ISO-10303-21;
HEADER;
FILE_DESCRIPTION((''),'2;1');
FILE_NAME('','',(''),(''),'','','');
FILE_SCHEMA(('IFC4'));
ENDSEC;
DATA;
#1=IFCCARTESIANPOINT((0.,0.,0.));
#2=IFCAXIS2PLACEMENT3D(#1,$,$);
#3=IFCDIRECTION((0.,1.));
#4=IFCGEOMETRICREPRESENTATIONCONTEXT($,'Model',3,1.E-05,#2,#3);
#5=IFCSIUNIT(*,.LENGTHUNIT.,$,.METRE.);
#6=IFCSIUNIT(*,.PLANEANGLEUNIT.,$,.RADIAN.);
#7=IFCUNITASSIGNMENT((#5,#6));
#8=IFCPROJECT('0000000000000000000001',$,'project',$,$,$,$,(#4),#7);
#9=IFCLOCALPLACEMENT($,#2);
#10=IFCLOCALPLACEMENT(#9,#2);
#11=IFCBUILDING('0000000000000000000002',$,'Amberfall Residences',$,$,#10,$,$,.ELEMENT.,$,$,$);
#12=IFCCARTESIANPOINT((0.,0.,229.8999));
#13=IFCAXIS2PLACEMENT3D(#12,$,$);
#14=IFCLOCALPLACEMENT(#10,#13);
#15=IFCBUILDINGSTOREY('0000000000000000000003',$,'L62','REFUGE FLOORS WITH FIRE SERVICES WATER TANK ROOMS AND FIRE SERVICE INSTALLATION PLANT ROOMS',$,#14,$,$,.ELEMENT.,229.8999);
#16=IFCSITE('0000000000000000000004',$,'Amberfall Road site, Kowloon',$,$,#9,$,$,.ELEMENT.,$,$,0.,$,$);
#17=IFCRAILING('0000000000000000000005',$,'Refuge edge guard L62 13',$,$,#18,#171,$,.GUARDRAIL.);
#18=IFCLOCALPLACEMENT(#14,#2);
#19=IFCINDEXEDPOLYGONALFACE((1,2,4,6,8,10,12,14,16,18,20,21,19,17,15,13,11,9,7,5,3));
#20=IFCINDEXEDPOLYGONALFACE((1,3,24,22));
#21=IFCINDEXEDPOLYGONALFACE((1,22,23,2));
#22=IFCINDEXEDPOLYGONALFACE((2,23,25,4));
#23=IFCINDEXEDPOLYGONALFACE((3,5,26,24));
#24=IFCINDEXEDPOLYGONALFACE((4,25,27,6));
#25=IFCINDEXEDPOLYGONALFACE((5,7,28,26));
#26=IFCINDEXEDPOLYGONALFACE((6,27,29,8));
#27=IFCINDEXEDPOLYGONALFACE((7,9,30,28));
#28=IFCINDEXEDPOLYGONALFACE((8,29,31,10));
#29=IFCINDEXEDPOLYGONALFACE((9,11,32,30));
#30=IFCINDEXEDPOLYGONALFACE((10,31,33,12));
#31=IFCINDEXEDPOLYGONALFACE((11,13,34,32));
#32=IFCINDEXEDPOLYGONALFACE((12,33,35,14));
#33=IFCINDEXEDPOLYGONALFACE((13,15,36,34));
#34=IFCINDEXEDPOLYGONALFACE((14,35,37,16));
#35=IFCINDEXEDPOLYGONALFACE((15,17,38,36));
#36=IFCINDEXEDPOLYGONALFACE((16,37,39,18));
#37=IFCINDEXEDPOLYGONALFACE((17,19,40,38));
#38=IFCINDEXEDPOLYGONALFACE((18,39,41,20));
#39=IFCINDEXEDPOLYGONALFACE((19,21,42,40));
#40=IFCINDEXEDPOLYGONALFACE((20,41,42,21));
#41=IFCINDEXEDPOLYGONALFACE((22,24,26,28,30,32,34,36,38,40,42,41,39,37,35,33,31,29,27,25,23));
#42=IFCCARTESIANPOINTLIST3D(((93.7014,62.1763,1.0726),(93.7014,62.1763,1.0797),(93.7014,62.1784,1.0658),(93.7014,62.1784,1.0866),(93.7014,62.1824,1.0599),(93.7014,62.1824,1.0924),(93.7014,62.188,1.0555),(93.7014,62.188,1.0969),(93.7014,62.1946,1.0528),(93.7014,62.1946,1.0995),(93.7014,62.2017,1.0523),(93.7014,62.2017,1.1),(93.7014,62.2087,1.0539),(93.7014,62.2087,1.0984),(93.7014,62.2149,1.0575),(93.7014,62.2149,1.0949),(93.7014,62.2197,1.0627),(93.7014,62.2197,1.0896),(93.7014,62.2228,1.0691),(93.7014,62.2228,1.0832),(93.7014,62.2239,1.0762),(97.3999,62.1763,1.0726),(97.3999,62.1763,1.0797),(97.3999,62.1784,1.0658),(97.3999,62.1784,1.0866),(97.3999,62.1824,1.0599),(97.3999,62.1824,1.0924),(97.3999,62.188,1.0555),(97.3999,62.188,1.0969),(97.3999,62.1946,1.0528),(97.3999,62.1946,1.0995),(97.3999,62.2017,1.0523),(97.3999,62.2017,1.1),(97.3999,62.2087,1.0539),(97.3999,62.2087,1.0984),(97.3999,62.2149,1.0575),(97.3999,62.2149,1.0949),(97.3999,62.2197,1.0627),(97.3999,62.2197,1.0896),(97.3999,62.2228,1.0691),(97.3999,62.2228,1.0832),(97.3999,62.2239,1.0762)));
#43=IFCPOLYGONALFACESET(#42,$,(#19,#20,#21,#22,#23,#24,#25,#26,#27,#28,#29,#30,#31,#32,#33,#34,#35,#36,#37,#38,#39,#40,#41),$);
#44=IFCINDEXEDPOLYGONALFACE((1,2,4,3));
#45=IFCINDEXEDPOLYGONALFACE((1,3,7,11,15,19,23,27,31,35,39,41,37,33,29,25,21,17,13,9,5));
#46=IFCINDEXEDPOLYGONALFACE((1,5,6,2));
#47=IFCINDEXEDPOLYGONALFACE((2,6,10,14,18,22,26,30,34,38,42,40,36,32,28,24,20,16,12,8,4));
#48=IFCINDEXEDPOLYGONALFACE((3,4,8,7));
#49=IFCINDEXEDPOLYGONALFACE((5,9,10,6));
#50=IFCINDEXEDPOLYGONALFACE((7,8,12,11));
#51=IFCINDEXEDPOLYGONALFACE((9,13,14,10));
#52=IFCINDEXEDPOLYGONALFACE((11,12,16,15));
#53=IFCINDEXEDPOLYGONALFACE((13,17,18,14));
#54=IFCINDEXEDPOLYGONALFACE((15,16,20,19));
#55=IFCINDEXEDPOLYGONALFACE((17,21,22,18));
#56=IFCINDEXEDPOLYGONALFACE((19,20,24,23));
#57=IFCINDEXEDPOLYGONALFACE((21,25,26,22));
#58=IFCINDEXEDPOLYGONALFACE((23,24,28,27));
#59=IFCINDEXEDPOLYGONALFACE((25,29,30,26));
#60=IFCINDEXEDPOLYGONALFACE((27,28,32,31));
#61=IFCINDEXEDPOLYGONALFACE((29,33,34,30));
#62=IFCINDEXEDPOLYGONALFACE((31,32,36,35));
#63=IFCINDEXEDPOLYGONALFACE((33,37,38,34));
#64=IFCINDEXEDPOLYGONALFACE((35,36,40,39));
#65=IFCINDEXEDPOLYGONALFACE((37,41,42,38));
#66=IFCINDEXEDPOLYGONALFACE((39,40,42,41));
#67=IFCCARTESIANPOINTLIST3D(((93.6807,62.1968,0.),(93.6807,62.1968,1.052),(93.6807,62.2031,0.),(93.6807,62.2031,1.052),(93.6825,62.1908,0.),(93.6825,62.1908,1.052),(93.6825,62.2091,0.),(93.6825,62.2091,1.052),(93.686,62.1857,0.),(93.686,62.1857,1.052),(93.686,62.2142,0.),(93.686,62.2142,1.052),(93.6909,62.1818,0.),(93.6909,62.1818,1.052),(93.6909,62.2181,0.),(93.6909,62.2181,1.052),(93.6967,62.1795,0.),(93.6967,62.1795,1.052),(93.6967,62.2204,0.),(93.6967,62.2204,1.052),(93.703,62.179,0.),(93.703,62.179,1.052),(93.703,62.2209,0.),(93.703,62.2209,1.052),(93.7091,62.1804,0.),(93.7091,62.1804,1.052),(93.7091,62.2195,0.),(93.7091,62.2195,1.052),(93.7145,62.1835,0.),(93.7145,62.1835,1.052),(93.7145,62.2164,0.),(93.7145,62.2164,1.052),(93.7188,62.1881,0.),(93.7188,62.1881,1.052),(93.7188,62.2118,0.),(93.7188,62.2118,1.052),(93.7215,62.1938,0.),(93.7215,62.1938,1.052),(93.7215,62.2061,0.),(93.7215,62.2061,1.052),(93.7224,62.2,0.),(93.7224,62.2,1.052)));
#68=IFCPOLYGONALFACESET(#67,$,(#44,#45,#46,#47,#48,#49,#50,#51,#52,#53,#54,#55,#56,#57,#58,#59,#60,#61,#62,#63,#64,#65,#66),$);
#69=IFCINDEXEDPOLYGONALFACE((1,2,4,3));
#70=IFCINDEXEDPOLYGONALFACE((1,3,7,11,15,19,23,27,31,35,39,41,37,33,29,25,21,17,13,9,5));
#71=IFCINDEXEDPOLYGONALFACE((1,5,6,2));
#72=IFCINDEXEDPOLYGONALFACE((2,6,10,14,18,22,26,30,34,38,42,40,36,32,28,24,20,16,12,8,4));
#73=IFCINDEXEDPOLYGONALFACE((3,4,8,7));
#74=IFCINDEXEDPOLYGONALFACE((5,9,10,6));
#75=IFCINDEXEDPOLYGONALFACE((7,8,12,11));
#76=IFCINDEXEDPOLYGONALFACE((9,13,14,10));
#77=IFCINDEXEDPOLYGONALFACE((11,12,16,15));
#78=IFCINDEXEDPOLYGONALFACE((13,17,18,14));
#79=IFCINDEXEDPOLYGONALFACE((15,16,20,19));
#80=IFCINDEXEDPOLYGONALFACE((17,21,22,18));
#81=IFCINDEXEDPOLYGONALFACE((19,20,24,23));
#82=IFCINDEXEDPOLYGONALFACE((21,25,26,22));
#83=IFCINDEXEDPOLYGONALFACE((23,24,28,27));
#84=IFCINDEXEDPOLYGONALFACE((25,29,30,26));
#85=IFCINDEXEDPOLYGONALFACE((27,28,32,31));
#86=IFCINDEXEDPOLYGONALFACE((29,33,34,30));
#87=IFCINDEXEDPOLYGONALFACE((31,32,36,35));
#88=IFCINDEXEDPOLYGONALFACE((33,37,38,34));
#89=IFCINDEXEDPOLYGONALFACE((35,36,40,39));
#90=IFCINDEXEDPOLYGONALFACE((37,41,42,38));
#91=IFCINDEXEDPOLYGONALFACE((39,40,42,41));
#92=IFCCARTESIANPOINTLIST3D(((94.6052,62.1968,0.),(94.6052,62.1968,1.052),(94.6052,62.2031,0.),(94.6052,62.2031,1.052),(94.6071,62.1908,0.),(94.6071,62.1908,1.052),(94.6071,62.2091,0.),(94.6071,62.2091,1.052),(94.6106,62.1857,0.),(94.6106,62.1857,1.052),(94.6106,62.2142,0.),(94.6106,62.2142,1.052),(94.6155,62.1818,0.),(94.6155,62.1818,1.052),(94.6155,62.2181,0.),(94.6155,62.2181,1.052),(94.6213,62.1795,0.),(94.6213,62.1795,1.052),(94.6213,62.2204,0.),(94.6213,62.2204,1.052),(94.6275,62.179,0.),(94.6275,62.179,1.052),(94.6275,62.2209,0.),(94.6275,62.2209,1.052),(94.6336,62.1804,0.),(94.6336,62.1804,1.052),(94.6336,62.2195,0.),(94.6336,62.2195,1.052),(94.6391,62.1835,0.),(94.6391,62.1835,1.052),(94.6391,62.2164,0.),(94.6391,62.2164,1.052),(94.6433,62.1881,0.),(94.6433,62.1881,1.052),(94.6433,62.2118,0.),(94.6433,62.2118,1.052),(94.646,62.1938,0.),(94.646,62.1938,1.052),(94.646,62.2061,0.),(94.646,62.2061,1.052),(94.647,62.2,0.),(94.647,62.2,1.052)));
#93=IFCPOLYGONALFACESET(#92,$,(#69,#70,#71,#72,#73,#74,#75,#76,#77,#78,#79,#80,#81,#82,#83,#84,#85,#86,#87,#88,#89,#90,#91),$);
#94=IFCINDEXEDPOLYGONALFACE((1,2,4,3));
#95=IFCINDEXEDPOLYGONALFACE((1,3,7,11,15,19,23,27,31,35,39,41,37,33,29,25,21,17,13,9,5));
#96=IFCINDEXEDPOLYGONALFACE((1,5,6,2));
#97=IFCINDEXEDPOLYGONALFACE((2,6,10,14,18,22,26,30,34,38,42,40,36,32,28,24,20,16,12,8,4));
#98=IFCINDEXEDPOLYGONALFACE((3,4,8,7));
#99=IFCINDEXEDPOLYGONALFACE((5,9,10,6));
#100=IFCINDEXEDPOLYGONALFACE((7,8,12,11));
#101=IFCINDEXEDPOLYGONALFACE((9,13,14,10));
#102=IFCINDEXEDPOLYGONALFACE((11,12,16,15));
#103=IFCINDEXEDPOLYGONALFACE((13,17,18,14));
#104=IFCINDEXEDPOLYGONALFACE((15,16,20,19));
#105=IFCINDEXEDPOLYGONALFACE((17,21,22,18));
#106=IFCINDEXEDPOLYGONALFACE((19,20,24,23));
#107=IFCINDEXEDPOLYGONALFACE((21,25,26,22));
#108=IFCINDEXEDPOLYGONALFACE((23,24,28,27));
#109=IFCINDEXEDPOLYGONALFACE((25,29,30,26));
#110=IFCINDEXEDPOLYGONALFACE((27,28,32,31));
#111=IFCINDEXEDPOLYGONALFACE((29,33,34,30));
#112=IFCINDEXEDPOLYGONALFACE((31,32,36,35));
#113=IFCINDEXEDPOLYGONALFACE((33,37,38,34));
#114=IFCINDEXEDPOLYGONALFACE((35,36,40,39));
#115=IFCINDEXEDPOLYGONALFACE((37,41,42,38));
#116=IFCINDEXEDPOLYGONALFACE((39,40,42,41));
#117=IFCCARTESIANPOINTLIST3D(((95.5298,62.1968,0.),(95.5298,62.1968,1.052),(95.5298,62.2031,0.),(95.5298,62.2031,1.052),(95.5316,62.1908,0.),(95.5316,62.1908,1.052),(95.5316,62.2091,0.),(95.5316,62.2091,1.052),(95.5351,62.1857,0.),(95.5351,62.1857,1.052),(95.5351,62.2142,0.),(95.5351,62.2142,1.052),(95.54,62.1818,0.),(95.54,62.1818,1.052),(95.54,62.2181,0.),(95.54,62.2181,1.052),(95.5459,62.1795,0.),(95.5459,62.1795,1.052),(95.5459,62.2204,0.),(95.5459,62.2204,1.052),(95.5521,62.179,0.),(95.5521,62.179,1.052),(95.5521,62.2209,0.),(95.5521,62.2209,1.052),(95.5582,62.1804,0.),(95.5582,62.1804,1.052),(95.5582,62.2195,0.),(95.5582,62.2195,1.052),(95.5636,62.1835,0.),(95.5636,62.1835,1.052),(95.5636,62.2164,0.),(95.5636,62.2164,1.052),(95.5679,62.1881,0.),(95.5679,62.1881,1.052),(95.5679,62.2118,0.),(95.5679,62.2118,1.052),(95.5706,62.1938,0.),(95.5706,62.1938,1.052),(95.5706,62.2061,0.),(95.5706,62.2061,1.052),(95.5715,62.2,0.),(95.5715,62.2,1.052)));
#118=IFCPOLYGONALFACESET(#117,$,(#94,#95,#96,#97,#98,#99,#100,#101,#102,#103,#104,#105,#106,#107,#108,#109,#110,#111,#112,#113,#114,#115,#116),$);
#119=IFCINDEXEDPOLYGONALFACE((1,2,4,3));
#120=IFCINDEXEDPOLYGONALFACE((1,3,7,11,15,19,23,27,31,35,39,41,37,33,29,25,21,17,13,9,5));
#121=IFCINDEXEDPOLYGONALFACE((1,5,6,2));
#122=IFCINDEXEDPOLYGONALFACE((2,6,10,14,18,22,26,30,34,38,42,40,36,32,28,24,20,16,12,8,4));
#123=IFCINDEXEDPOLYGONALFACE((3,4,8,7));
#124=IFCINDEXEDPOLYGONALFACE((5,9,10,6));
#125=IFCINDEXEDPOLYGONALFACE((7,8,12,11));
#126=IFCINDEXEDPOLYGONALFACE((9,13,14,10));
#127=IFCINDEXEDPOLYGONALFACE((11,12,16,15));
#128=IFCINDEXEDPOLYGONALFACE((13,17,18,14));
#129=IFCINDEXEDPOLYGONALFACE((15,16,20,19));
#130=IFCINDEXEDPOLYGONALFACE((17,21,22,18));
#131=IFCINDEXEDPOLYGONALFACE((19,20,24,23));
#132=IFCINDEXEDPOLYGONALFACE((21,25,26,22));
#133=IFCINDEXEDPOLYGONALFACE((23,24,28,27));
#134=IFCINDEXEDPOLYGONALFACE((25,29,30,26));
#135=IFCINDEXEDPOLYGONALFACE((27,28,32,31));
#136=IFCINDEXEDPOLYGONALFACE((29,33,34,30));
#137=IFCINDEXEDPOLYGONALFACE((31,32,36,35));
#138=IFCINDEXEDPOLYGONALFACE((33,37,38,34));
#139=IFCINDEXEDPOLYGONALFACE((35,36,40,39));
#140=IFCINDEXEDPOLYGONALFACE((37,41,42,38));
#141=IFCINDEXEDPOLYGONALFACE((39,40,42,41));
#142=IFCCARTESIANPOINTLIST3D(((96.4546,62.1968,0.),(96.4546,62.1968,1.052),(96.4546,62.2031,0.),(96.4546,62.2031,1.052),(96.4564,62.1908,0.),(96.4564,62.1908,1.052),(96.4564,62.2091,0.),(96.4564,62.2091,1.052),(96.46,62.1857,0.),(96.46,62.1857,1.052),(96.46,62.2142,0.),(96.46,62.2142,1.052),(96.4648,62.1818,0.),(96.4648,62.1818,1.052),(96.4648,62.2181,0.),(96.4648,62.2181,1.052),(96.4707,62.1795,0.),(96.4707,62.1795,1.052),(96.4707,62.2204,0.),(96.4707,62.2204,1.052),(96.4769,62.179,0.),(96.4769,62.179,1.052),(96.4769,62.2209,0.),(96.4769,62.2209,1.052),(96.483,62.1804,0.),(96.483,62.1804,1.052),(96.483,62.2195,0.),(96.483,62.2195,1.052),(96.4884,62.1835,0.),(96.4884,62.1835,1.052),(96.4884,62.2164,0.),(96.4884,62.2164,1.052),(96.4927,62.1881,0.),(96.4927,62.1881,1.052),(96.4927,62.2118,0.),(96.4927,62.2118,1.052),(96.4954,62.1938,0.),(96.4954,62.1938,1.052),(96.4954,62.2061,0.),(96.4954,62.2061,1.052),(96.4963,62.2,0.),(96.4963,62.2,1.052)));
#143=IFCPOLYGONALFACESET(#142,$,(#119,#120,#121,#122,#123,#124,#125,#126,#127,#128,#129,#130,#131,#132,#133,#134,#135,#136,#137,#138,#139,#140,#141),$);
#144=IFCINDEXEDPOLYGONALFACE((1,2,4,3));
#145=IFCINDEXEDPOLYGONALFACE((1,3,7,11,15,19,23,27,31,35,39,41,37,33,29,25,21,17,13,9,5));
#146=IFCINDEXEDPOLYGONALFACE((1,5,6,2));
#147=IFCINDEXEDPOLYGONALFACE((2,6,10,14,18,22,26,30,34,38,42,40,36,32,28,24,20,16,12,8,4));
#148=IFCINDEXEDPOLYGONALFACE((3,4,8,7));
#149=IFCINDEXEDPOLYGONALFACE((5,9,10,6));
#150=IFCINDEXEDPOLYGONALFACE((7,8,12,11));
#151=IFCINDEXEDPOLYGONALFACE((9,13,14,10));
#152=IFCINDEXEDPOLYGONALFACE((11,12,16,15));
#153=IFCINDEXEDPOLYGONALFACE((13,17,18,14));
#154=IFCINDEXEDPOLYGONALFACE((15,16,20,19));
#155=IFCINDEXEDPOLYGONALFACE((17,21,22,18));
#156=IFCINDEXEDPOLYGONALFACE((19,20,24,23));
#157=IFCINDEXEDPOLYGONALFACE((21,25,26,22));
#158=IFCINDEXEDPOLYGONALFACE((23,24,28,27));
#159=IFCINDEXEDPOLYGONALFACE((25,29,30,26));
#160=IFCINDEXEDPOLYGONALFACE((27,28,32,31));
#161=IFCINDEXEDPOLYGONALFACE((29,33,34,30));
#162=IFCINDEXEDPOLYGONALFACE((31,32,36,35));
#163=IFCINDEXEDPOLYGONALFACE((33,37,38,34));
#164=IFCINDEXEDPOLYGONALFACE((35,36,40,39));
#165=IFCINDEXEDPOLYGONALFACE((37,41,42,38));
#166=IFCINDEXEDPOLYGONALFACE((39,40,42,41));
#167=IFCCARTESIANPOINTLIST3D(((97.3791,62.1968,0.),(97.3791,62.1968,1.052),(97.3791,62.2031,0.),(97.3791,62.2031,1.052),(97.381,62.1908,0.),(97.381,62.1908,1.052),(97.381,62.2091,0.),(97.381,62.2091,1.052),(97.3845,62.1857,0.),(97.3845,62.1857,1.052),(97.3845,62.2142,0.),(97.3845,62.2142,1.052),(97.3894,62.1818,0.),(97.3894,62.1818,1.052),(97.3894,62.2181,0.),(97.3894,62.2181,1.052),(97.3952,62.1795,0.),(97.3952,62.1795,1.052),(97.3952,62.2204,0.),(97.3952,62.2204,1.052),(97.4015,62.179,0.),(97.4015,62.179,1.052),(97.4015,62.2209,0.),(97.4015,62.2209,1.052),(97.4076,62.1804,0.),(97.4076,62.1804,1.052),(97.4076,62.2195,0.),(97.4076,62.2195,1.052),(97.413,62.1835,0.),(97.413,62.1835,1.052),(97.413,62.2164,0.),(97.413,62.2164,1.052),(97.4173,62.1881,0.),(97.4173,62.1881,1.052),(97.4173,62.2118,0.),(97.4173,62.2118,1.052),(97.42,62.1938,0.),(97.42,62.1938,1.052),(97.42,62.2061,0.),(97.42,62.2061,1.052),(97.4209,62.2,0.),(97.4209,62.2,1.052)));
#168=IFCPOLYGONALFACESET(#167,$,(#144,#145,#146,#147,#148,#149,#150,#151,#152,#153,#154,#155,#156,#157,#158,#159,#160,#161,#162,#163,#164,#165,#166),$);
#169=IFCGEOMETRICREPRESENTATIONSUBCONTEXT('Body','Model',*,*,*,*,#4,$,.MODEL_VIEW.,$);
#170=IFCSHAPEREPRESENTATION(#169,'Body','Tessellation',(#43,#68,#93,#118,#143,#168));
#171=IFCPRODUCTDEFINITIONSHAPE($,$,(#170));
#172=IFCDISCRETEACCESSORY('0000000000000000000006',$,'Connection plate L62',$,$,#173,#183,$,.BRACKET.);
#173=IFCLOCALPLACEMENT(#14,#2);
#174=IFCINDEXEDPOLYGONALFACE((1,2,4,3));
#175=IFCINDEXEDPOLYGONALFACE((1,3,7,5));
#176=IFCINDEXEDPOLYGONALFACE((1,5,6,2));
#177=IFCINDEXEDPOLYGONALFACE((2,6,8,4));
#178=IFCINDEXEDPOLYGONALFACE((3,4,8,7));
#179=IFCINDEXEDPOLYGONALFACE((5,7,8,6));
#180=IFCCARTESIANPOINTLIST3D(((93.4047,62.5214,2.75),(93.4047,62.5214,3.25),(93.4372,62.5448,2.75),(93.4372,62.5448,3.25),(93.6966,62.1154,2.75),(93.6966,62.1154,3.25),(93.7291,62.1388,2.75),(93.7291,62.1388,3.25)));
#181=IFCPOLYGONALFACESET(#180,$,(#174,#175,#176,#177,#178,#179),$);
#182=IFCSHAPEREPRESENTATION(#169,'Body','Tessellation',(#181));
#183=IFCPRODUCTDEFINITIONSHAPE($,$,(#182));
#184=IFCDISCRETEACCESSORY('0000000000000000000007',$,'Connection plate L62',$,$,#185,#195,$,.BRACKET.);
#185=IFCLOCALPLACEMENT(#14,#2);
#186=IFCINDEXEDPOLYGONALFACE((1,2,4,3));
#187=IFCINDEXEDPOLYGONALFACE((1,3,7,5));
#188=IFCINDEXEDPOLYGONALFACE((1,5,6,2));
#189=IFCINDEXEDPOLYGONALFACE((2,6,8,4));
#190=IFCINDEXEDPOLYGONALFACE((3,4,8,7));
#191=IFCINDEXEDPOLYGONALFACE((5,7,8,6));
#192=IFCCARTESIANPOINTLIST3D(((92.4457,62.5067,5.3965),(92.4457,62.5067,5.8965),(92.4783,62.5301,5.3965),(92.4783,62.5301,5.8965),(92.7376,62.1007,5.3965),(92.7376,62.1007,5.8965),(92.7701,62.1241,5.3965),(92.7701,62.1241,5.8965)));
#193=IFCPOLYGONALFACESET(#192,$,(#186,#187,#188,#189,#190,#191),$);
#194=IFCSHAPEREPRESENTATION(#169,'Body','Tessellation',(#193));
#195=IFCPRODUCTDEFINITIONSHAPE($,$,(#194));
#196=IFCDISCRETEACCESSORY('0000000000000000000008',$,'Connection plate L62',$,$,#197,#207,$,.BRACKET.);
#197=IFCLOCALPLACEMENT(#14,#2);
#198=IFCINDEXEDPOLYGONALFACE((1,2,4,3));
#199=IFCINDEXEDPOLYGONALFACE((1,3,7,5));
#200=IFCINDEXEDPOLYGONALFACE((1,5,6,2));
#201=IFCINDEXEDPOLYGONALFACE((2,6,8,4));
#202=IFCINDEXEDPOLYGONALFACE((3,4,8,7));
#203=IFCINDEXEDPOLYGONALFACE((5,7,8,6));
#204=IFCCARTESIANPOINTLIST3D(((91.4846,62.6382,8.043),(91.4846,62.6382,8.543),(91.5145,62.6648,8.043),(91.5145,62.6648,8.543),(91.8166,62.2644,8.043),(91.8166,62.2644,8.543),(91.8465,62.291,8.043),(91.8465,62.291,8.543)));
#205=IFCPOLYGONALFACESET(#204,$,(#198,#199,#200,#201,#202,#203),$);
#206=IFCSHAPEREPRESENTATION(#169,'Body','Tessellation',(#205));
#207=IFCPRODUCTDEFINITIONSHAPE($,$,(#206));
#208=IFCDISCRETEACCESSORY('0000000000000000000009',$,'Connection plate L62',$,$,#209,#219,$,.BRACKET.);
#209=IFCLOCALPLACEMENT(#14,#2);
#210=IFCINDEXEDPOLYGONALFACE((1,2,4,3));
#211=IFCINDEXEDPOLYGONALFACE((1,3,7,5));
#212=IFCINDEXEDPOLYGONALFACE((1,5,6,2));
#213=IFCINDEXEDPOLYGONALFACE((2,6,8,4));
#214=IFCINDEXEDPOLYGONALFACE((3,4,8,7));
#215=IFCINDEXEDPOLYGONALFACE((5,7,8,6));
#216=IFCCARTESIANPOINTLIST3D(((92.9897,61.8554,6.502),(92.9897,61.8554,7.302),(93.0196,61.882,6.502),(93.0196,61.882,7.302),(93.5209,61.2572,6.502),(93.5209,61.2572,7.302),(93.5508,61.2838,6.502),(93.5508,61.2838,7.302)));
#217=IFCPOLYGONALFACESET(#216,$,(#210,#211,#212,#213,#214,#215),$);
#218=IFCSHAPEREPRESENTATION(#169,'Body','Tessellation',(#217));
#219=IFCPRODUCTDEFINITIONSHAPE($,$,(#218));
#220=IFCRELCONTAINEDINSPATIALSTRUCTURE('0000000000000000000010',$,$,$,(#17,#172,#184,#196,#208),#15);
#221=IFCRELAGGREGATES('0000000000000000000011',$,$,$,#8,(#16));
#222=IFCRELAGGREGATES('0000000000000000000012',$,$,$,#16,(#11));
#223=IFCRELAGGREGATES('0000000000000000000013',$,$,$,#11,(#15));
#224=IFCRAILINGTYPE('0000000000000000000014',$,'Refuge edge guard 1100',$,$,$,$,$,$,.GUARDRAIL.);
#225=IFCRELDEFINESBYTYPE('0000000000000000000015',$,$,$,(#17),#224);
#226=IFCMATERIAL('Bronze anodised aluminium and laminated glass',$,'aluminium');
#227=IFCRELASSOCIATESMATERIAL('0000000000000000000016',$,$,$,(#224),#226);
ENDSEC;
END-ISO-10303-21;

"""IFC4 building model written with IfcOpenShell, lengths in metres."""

from ifc_helpers import new_model, si_unit, direction, frame, origin, origin_2d, place, context, subcontext, project, spatial, rectangle, circle, extrude, material, type_object, element, save


model = new_model("IFC4")

# Units and contexts
model_context = context("Model", 3, precision=1e-05, world=origin(), true_north=direction((0.0, 1.0)))
body_context = subcontext(model_context, "Body", "Model", "MODEL_VIEW")
ifc_project = project(units=[si_unit("LENGTHUNIT", "METRE"), si_unit("PLANEANGLEUNIT", "RADIAN")], contexts=[model_context])

# Site, building, storey
site_placement = place(None, origin())
site = spatial("IfcSite", under=ifc_project, at=site_placement, Name="Amberfall Road site, Kowloon", CompositionType="ELEMENT", RefElevation=0.0)
building_placement = place(site_placement, origin())
building = spatial("IfcBuilding", under=site, at=building_placement, Name="Amberfall Residences", CompositionType="ELEMENT")
storey_placement = place(building_placement, frame((0.0, 0.0, 229.8999)))
storey = spatial("IfcBuildingStorey", under=building, at=storey_placement, Name="L62", Description="REFUGE FLOORS WITH FIRE SERVICES WATER TANK ROOMS AND FIRE SERVICE INSTALLATION PLANT ROOMS", CompositionType="ELEMENT", Elevation=229.8999)

# Railing
ifc_material_1 = material(Name="Bronze anodised aluminium and laminated glass", Category="aluminium")
railing_type = type_object("IfcRailingType", Name="Refuge edge guard 1100", PredefinedType="GUARDRAIL", material=ifc_material_1)
railing_1_placement = place(storey_placement, frame((93.7014, 62.2, 0.0)))
element("IfcRailing", 1, at=railing_1_placement, inside=storey, type_object=railing_type, Name="Refuge edge guard L62 13", PredefinedType="GUARDRAIL", context=body_context, shape_type="SweptSolid", body=[
    extrude(circle(Radius=0.0239, at=origin_2d()), frame((0.0, 0.0, 1.0762), z_axis=(1.0, 0.0, 0.0), x_axis=(0.0, 1.0, 0.0)), (0.0, 0.0, 1.0), 3.6985),
    extrude(circle(Radius=0.021, at=origin_2d()), origin(), (0.0, 0.0, 1.0), 1.052),
    extrude(circle(Radius=0.021, at=origin_2d()), frame((0.9246, 0.0, 0.0)), (0.0, 0.0, 1.0), 1.052),
    extrude(circle(Radius=0.021, at=origin_2d()), frame((1.8491, 0.0, 0.0)), (0.0, 0.0, 1.0), 1.052),
    extrude(circle(Radius=0.021, at=origin_2d()), frame((2.7739, 0.0, 0.0)), (0.0, 0.0, 1.0), 1.052),
    extrude(circle(Radius=0.021, at=origin_2d()), frame((3.6985, 0.0, 0.0)), (0.0, 0.0, 1.0), 1.052),
])

# Discrete accessories
for number, where, z_axis, x_axis, name in (
    (2, (93.5669, 62.3301, 2.75), (0.0, 0.0, 1.0), (0.583655, -0.812002, 0.0), "Connection plate L62"),
    (3, (92.6079, 62.3154, 5.3965), (0.0, 0.0, 1.0), (0.583655, -0.812002, 0.0), "Connection plate L62"),
    (4, (91.6655, 62.4646, 8.043), (0.0, 0.0, 1.0), (0.663991, -0.74774, 0.0), "Connection plate L62"),
):
    element("IfcDiscreteAccessory", number, at=place(storey_placement, frame(where, z_axis=z_axis, x_axis=x_axis)), inside=storey, Name=name, PredefinedType="BRACKET", context=body_context, shape_type="SweptSolid", body=[
        extrude(rectangle(XDim=0.5, YDim=0.04, at=origin_2d()), origin(), (0.0, 0.0, 1.0), 0.5),
    ])
discrete_accessory_placement = place(storey_placement, frame((93.2703, 61.5696, 6.502), z_axis=(0.0, 0.0, 1.0), x_axis=(0.663991, -0.74774, 0.0)))
element("IfcDiscreteAccessory", 5, at=discrete_accessory_placement, inside=storey, Name="Connection plate L62", PredefinedType="BRACKET", context=body_context, shape_type="SweptSolid", body=[
    extrude(rectangle(XDim=0.8, YDim=0.04, at=origin_2d()), origin(), (0.0, 0.0, 1.0), 0.8),
])

save(model, "model.ifc")
